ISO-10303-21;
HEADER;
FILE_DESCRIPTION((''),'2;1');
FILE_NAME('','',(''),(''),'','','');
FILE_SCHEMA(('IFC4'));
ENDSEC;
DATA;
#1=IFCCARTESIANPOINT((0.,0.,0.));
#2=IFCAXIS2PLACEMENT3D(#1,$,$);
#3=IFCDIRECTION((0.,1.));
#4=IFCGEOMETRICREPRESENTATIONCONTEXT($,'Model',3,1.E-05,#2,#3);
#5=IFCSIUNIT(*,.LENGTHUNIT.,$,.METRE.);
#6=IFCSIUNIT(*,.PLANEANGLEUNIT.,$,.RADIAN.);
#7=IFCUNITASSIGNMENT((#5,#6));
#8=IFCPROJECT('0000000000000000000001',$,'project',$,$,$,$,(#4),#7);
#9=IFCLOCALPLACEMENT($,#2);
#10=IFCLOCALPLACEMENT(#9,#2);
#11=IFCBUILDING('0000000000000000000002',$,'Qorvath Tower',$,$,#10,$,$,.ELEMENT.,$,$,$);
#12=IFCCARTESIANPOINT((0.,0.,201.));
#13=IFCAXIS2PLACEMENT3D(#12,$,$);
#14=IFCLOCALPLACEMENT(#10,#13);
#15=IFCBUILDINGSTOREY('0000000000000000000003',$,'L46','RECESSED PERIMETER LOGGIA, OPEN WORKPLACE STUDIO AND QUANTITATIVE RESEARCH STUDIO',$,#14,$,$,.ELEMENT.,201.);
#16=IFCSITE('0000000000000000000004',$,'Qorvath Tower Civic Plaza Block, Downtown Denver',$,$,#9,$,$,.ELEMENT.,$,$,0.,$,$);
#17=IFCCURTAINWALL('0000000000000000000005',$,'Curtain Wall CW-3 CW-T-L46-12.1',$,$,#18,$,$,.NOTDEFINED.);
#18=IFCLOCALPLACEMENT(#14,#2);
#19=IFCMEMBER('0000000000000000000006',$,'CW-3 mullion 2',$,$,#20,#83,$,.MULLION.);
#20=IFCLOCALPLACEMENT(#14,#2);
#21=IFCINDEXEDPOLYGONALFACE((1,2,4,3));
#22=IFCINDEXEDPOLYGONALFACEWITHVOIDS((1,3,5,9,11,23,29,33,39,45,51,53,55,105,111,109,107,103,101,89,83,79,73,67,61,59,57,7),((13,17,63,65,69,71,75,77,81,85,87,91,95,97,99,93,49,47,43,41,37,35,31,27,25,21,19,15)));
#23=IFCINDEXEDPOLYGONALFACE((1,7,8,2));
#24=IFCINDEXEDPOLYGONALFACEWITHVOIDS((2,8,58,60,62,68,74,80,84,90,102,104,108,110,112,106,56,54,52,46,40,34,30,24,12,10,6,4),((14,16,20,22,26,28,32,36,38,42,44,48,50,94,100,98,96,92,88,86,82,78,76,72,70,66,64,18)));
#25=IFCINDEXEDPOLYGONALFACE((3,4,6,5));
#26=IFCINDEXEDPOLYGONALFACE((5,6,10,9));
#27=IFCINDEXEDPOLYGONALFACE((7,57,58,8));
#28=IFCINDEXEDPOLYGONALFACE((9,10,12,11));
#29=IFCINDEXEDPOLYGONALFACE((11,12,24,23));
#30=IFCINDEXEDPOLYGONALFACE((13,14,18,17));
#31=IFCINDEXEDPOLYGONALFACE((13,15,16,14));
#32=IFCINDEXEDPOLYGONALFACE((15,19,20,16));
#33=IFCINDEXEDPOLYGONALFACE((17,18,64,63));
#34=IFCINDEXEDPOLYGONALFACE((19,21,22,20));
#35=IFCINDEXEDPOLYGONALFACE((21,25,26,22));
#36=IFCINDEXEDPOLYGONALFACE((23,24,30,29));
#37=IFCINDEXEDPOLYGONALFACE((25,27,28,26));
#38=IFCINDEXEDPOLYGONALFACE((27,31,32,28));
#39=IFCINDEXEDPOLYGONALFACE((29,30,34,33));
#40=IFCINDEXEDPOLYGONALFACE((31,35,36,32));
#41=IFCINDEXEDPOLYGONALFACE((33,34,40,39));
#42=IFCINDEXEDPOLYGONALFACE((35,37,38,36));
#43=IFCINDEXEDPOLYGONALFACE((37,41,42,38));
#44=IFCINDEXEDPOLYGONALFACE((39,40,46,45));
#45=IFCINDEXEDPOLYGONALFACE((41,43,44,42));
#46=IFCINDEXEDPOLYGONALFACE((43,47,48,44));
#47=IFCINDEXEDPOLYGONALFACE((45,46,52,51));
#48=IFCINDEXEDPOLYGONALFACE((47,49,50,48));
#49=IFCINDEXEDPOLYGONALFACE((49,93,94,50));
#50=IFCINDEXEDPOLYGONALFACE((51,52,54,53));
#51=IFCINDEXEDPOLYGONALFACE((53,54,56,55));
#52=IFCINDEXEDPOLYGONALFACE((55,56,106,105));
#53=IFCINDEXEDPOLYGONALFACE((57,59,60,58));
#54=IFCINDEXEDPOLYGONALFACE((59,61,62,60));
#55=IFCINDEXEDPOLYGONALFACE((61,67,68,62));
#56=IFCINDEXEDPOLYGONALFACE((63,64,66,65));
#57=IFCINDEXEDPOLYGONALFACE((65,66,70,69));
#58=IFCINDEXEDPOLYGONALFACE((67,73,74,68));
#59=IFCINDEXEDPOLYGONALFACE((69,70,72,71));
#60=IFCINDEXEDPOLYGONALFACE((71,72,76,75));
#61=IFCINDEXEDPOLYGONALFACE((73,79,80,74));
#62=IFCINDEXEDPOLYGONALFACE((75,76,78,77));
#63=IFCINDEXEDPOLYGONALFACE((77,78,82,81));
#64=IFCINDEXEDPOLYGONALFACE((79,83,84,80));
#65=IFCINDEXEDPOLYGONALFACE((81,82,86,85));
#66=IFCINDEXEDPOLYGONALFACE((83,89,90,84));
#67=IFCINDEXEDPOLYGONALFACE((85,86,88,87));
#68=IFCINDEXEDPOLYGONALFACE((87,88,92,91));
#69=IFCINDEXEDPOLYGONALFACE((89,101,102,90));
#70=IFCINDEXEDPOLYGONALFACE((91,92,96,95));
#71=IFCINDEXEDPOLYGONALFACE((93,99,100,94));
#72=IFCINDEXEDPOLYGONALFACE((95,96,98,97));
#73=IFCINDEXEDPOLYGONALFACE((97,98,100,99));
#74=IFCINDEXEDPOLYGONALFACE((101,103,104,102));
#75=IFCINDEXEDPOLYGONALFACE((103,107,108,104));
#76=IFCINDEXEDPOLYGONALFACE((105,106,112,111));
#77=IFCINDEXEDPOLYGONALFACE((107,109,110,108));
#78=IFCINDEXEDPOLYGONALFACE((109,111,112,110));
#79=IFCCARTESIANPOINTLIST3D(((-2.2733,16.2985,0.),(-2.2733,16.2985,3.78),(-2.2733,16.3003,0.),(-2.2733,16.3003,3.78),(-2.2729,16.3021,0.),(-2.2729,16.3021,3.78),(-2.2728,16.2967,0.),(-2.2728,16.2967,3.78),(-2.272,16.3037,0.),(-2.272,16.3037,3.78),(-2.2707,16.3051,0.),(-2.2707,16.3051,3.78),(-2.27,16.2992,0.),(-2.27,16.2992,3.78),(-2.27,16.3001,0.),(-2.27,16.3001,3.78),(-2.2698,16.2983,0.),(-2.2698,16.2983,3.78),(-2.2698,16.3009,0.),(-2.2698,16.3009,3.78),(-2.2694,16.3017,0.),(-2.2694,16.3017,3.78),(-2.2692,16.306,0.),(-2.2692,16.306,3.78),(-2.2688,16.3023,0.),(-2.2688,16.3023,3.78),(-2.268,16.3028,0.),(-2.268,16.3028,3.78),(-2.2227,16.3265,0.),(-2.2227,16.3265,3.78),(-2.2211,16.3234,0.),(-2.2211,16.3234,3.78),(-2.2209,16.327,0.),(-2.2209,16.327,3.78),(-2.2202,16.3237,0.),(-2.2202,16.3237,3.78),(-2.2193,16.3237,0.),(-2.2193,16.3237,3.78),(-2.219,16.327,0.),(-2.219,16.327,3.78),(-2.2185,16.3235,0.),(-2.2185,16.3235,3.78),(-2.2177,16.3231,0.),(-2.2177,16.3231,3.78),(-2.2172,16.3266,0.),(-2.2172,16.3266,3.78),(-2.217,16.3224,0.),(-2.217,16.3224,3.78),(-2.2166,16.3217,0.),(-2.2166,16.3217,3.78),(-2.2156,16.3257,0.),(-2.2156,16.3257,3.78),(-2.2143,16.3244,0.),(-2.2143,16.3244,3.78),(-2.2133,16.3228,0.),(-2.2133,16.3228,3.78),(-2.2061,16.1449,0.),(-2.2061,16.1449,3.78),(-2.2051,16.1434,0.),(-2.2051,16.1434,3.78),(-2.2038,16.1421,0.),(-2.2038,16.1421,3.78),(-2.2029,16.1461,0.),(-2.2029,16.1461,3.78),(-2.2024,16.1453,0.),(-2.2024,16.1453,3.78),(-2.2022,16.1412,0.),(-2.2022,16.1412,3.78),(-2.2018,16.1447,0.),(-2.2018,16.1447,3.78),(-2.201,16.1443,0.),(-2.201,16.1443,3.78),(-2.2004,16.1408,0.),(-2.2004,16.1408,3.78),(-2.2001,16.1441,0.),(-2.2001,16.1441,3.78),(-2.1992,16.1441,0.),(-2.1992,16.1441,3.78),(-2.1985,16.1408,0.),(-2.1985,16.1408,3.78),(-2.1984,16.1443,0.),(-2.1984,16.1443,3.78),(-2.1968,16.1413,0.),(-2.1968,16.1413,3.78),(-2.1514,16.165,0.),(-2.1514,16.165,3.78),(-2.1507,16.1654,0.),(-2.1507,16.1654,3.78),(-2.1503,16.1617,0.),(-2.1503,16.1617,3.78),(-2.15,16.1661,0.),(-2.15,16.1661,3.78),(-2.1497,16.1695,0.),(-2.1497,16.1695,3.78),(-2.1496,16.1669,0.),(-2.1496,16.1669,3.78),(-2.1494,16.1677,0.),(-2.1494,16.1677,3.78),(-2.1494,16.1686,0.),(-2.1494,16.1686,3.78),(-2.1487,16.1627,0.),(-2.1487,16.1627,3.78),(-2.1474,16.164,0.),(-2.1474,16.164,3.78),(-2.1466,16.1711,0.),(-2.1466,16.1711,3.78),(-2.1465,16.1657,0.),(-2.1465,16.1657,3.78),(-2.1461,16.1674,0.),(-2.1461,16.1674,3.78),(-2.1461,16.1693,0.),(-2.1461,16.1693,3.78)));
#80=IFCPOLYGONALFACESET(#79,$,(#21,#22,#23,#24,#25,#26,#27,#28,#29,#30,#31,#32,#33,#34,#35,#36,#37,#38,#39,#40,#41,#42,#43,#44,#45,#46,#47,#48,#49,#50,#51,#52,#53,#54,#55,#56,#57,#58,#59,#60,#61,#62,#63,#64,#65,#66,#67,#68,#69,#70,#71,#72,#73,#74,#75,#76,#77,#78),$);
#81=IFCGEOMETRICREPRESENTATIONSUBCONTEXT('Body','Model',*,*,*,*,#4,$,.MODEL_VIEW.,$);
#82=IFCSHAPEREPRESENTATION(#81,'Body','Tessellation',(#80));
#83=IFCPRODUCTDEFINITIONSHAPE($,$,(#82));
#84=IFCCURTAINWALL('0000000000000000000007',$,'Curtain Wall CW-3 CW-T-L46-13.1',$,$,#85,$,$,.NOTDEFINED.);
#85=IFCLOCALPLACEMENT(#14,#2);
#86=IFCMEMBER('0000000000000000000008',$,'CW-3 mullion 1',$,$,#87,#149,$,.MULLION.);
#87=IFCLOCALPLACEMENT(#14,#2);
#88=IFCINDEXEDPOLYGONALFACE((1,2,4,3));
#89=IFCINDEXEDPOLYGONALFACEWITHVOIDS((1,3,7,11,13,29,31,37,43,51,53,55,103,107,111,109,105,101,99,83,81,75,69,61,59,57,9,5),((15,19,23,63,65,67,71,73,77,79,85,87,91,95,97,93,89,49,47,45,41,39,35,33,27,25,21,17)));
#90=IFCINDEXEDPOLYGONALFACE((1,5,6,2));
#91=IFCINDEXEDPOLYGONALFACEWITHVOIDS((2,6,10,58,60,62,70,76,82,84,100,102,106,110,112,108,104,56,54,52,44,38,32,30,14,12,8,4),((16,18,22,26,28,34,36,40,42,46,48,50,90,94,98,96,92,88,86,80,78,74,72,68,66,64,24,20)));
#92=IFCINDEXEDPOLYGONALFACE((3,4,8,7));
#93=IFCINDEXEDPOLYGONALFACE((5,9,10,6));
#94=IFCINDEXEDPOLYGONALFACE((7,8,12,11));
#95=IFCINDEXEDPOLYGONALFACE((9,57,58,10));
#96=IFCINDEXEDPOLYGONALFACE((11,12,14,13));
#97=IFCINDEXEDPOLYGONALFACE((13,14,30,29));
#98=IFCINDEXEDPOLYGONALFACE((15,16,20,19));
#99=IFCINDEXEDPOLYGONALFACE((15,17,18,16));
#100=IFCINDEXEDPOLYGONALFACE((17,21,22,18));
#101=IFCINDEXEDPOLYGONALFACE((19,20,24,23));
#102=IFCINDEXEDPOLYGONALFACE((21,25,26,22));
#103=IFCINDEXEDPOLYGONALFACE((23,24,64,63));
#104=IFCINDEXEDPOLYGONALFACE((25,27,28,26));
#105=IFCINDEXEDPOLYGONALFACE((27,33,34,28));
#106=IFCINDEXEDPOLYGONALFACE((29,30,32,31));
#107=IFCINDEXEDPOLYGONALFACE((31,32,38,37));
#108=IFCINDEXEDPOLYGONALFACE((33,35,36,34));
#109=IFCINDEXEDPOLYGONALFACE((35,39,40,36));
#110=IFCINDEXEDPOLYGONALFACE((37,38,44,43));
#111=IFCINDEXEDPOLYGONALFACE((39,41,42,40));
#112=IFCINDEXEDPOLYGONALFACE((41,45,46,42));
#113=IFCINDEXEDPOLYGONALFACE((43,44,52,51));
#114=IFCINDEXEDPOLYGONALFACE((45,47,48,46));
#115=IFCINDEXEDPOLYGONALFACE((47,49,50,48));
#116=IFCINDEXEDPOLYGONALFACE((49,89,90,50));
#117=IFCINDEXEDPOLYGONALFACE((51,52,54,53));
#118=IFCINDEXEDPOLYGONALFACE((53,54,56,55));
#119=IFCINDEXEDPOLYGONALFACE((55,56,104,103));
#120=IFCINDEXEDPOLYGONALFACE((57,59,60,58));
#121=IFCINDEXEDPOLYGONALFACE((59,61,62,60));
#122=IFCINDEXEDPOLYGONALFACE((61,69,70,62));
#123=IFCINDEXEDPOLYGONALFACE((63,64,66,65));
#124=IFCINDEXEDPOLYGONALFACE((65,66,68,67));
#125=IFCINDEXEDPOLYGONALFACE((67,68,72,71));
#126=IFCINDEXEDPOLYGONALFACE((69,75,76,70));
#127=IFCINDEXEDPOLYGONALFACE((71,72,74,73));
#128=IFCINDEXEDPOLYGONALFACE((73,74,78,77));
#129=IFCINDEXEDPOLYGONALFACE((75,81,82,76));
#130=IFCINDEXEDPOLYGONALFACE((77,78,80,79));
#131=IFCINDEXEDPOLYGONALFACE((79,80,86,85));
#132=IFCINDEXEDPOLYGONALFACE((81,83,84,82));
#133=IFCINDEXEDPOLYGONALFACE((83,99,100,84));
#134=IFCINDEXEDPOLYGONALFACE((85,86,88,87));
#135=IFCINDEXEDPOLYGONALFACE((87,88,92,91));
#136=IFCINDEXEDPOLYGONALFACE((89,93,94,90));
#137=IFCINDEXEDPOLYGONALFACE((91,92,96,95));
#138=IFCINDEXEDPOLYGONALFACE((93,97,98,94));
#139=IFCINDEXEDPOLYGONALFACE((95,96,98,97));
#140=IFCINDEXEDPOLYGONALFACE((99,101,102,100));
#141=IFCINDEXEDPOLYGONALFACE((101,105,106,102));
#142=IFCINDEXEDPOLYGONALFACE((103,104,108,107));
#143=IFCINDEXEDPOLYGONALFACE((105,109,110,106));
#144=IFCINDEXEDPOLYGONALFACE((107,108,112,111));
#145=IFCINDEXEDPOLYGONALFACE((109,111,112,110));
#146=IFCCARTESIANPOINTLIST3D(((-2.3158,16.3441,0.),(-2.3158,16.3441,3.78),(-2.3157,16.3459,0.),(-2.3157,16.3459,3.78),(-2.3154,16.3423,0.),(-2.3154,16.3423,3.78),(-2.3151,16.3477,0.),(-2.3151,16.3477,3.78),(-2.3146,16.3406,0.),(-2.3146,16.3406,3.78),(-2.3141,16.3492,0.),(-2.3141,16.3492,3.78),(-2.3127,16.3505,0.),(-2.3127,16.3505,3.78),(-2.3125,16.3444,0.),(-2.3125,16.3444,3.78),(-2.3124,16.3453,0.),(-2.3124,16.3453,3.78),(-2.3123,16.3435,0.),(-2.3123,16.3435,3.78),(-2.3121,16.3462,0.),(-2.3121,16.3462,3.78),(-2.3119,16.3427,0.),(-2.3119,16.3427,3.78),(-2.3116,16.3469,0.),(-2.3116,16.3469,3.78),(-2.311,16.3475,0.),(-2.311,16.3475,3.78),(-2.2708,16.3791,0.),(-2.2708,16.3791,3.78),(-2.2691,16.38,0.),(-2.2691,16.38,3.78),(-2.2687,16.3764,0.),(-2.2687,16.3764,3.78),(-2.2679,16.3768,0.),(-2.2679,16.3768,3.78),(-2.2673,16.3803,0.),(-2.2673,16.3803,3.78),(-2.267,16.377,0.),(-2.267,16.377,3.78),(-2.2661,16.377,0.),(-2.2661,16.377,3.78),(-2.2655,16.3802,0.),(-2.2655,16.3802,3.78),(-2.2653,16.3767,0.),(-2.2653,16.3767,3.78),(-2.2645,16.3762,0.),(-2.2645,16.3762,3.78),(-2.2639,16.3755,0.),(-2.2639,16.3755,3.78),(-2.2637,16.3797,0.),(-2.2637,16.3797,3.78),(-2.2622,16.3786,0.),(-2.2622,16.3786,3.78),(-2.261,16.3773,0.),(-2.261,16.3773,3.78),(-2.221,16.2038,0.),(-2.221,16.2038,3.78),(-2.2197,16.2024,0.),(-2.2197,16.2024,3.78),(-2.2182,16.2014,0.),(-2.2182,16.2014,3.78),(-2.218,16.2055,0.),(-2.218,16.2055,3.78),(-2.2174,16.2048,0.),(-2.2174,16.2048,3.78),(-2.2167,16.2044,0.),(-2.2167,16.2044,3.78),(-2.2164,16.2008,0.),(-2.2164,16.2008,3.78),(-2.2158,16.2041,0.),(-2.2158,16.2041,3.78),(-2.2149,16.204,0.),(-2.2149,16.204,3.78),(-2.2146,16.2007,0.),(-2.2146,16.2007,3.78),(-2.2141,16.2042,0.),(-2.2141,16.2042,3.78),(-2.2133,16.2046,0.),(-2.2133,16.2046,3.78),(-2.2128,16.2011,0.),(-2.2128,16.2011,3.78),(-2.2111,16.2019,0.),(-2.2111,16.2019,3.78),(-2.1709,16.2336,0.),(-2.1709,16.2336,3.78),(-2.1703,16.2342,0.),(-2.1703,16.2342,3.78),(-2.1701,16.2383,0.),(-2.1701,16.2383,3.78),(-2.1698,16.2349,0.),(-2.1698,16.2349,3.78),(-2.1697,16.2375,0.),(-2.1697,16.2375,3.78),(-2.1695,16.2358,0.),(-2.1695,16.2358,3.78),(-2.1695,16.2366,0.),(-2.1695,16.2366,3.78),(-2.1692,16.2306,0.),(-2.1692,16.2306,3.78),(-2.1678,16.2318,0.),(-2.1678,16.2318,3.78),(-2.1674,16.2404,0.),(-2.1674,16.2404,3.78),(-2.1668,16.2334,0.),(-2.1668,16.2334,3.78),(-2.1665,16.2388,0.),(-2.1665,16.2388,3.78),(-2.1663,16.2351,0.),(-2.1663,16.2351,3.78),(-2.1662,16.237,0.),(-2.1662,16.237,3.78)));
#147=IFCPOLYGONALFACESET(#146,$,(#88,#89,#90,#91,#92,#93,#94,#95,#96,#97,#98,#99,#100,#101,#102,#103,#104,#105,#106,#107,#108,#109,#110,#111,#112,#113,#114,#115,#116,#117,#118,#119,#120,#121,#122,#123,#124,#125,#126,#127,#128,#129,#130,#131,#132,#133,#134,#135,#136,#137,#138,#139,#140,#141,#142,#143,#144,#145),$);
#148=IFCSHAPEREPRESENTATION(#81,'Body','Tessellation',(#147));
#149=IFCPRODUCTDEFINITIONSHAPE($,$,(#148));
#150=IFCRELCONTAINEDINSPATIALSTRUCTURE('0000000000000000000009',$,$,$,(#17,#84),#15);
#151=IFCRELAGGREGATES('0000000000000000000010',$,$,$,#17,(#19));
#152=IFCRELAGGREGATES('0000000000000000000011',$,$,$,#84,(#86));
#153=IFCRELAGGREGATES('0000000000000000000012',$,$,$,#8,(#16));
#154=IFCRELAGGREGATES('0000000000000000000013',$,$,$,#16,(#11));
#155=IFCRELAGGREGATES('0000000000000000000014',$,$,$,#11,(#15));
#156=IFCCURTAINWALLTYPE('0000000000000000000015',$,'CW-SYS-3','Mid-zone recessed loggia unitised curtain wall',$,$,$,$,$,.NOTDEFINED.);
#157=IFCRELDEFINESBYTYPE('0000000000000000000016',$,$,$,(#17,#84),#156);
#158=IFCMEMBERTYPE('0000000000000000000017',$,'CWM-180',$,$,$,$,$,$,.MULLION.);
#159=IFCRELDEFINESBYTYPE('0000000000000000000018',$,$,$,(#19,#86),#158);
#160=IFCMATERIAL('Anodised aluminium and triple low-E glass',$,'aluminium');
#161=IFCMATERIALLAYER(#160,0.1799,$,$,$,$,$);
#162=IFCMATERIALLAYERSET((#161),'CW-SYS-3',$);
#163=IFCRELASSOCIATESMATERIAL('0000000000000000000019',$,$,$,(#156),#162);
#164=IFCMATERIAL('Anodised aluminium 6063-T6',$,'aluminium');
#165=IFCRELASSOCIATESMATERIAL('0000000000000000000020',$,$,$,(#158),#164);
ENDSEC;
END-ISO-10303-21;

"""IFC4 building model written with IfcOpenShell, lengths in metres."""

from ifc_helpers import new_model, si_unit, direction, frame, origin, origin_2d, place, context, subcontext, project, spatial, hollow_rectangle, extrude, material, layer, layer_set, material_profile, profile_set, type_object, element, aggregate, save


model = new_model("IFC4")

# Units and contexts
model_context = context("Model", 3, precision=1e-05, world=origin(), true_north=direction((0.0, 1.0)))
body_context = subcontext(model_context, "Body", "Model", "MODEL_VIEW")
ifc_project = project(units=[si_unit("LENGTHUNIT", "METRE"), si_unit("PLANEANGLEUNIT", "RADIAN")], contexts=[model_context])

# Site, building, storey
site_placement = place(None, origin())
site = spatial("IfcSite", under=ifc_project, at=site_placement, Name="Qorvath Tower Civic Plaza Block, Downtown Denver", CompositionType="ELEMENT", RefElevation=0.0)
building_placement = place(site_placement, origin())
building = spatial("IfcBuilding", under=site, at=building_placement, Name="Qorvath Tower", CompositionType="ELEMENT")
storey_placement = place(building_placement, frame((0.0, 0.0, 201.0)))
storey = spatial("IfcBuildingStorey", under=building, at=storey_placement, Name="L46", Description="RECESSED PERIMETER LOGGIA, OPEN WORKPLACE STUDIO AND QUANTITATIVE RESEARCH STUDIO", CompositionType="ELEMENT", Elevation=201.0)

# Shared definitions
ifc_material_1 = material(Name="Anodised aluminium and triple low-E glass", Category="aluminium")
ifc_layer_1 = layer(ifc_material_1, 0.1799)
ifc_layer_set_1 = layer_set([ifc_layer_1], Name="CW-SYS-3")
curtain_wall_type = type_object("IfcCurtainWallType", Name="CW-SYS-3", Description="Mid-zone recessed loggia unitised curtain wall", PredefinedType="NOTDEFINED", material=ifc_layer_set_1)
ifc_material_2 = material(Name="Anodised aluminium 6063-T6", Category="aluminium")
ifc_material_profile_1 = material_profile(ifc_material_2, hollow_rectangle(XDim=0.0649, YDim=0.1799, WallThickness=0.0034, InnerFilletRadius=0.0034, OuterFilletRadius=0.0071, at=origin_2d()), Name="CWM 180x65")
ifc_profile_set_1 = profile_set([ifc_material_profile_1], Name="Anodised aluminium 6063-T6")
member_type_1 = type_object("IfcMemberType", Name="CWM-180", PredefinedType="MULLION", material=ifc_profile_set_1)

# Curtain walls, members
curtain_wall_1_placement = place(storey_placement, origin())
curtain_wall_1 = element("IfcCurtainWall", 1, at=curtain_wall_1_placement, inside=storey, type_object=curtain_wall_type, Name="Curtain Wall CW-3 CW-T-L46-12.1", PredefinedType="NOTDEFINED")
member_1_placement = place(storey_placement, frame((-2.2097, 16.2339, 0.0), z_axis=(0.0, 0.0, 1.0), x_axis=(-0.915499, -0.402321, 0.0)))
member_1 = element("IfcMember", 2, at=member_1_placement, type_object=member_type_1, Name="CW-3 mullion 2", PredefinedType="MULLION", context=body_context, shape_type="SweptSolid", body=[
    extrude(hollow_rectangle(XDim=0.0649, YDim=0.1799, WallThickness=0.0034, InnerFilletRadius=0.0034, OuterFilletRadius=0.0071, at=origin_2d()), origin(), (0.0, 0.0, 1.0), 3.78),
])
curtain_wall_2_placement = place(storey_placement, origin())
curtain_wall_2 = element("IfcCurtainWall", 3, at=curtain_wall_2_placement, inside=storey, type_object=curtain_wall_type, Name="Curtain Wall CW-3 CW-T-L46-13.1", PredefinedType="NOTDEFINED")
member_2_placement = place(storey_placement, frame((-2.241, 16.2905, 0.0), z_axis=(0.0, 0.0, 1.0), x_axis=(-0.825425, -0.564512, 0.0)))
member_2 = element("IfcMember", 4, at=member_2_placement, type_object=member_type_1, Name="CW-3 mullion 1", PredefinedType="MULLION", context=body_context, shape_type="SweptSolid", body=[
    extrude(hollow_rectangle(XDim=0.0649, YDim=0.1799, WallThickness=0.0034, InnerFilletRadius=0.0034, OuterFilletRadius=0.0071, at=origin_2d()), origin(), (0.0, 0.0, 1.0), 3.78),
])

aggregate(curtain_wall_1, [member_1])
aggregate(curtain_wall_2, [member_2])

save(model, "model.ifc")
